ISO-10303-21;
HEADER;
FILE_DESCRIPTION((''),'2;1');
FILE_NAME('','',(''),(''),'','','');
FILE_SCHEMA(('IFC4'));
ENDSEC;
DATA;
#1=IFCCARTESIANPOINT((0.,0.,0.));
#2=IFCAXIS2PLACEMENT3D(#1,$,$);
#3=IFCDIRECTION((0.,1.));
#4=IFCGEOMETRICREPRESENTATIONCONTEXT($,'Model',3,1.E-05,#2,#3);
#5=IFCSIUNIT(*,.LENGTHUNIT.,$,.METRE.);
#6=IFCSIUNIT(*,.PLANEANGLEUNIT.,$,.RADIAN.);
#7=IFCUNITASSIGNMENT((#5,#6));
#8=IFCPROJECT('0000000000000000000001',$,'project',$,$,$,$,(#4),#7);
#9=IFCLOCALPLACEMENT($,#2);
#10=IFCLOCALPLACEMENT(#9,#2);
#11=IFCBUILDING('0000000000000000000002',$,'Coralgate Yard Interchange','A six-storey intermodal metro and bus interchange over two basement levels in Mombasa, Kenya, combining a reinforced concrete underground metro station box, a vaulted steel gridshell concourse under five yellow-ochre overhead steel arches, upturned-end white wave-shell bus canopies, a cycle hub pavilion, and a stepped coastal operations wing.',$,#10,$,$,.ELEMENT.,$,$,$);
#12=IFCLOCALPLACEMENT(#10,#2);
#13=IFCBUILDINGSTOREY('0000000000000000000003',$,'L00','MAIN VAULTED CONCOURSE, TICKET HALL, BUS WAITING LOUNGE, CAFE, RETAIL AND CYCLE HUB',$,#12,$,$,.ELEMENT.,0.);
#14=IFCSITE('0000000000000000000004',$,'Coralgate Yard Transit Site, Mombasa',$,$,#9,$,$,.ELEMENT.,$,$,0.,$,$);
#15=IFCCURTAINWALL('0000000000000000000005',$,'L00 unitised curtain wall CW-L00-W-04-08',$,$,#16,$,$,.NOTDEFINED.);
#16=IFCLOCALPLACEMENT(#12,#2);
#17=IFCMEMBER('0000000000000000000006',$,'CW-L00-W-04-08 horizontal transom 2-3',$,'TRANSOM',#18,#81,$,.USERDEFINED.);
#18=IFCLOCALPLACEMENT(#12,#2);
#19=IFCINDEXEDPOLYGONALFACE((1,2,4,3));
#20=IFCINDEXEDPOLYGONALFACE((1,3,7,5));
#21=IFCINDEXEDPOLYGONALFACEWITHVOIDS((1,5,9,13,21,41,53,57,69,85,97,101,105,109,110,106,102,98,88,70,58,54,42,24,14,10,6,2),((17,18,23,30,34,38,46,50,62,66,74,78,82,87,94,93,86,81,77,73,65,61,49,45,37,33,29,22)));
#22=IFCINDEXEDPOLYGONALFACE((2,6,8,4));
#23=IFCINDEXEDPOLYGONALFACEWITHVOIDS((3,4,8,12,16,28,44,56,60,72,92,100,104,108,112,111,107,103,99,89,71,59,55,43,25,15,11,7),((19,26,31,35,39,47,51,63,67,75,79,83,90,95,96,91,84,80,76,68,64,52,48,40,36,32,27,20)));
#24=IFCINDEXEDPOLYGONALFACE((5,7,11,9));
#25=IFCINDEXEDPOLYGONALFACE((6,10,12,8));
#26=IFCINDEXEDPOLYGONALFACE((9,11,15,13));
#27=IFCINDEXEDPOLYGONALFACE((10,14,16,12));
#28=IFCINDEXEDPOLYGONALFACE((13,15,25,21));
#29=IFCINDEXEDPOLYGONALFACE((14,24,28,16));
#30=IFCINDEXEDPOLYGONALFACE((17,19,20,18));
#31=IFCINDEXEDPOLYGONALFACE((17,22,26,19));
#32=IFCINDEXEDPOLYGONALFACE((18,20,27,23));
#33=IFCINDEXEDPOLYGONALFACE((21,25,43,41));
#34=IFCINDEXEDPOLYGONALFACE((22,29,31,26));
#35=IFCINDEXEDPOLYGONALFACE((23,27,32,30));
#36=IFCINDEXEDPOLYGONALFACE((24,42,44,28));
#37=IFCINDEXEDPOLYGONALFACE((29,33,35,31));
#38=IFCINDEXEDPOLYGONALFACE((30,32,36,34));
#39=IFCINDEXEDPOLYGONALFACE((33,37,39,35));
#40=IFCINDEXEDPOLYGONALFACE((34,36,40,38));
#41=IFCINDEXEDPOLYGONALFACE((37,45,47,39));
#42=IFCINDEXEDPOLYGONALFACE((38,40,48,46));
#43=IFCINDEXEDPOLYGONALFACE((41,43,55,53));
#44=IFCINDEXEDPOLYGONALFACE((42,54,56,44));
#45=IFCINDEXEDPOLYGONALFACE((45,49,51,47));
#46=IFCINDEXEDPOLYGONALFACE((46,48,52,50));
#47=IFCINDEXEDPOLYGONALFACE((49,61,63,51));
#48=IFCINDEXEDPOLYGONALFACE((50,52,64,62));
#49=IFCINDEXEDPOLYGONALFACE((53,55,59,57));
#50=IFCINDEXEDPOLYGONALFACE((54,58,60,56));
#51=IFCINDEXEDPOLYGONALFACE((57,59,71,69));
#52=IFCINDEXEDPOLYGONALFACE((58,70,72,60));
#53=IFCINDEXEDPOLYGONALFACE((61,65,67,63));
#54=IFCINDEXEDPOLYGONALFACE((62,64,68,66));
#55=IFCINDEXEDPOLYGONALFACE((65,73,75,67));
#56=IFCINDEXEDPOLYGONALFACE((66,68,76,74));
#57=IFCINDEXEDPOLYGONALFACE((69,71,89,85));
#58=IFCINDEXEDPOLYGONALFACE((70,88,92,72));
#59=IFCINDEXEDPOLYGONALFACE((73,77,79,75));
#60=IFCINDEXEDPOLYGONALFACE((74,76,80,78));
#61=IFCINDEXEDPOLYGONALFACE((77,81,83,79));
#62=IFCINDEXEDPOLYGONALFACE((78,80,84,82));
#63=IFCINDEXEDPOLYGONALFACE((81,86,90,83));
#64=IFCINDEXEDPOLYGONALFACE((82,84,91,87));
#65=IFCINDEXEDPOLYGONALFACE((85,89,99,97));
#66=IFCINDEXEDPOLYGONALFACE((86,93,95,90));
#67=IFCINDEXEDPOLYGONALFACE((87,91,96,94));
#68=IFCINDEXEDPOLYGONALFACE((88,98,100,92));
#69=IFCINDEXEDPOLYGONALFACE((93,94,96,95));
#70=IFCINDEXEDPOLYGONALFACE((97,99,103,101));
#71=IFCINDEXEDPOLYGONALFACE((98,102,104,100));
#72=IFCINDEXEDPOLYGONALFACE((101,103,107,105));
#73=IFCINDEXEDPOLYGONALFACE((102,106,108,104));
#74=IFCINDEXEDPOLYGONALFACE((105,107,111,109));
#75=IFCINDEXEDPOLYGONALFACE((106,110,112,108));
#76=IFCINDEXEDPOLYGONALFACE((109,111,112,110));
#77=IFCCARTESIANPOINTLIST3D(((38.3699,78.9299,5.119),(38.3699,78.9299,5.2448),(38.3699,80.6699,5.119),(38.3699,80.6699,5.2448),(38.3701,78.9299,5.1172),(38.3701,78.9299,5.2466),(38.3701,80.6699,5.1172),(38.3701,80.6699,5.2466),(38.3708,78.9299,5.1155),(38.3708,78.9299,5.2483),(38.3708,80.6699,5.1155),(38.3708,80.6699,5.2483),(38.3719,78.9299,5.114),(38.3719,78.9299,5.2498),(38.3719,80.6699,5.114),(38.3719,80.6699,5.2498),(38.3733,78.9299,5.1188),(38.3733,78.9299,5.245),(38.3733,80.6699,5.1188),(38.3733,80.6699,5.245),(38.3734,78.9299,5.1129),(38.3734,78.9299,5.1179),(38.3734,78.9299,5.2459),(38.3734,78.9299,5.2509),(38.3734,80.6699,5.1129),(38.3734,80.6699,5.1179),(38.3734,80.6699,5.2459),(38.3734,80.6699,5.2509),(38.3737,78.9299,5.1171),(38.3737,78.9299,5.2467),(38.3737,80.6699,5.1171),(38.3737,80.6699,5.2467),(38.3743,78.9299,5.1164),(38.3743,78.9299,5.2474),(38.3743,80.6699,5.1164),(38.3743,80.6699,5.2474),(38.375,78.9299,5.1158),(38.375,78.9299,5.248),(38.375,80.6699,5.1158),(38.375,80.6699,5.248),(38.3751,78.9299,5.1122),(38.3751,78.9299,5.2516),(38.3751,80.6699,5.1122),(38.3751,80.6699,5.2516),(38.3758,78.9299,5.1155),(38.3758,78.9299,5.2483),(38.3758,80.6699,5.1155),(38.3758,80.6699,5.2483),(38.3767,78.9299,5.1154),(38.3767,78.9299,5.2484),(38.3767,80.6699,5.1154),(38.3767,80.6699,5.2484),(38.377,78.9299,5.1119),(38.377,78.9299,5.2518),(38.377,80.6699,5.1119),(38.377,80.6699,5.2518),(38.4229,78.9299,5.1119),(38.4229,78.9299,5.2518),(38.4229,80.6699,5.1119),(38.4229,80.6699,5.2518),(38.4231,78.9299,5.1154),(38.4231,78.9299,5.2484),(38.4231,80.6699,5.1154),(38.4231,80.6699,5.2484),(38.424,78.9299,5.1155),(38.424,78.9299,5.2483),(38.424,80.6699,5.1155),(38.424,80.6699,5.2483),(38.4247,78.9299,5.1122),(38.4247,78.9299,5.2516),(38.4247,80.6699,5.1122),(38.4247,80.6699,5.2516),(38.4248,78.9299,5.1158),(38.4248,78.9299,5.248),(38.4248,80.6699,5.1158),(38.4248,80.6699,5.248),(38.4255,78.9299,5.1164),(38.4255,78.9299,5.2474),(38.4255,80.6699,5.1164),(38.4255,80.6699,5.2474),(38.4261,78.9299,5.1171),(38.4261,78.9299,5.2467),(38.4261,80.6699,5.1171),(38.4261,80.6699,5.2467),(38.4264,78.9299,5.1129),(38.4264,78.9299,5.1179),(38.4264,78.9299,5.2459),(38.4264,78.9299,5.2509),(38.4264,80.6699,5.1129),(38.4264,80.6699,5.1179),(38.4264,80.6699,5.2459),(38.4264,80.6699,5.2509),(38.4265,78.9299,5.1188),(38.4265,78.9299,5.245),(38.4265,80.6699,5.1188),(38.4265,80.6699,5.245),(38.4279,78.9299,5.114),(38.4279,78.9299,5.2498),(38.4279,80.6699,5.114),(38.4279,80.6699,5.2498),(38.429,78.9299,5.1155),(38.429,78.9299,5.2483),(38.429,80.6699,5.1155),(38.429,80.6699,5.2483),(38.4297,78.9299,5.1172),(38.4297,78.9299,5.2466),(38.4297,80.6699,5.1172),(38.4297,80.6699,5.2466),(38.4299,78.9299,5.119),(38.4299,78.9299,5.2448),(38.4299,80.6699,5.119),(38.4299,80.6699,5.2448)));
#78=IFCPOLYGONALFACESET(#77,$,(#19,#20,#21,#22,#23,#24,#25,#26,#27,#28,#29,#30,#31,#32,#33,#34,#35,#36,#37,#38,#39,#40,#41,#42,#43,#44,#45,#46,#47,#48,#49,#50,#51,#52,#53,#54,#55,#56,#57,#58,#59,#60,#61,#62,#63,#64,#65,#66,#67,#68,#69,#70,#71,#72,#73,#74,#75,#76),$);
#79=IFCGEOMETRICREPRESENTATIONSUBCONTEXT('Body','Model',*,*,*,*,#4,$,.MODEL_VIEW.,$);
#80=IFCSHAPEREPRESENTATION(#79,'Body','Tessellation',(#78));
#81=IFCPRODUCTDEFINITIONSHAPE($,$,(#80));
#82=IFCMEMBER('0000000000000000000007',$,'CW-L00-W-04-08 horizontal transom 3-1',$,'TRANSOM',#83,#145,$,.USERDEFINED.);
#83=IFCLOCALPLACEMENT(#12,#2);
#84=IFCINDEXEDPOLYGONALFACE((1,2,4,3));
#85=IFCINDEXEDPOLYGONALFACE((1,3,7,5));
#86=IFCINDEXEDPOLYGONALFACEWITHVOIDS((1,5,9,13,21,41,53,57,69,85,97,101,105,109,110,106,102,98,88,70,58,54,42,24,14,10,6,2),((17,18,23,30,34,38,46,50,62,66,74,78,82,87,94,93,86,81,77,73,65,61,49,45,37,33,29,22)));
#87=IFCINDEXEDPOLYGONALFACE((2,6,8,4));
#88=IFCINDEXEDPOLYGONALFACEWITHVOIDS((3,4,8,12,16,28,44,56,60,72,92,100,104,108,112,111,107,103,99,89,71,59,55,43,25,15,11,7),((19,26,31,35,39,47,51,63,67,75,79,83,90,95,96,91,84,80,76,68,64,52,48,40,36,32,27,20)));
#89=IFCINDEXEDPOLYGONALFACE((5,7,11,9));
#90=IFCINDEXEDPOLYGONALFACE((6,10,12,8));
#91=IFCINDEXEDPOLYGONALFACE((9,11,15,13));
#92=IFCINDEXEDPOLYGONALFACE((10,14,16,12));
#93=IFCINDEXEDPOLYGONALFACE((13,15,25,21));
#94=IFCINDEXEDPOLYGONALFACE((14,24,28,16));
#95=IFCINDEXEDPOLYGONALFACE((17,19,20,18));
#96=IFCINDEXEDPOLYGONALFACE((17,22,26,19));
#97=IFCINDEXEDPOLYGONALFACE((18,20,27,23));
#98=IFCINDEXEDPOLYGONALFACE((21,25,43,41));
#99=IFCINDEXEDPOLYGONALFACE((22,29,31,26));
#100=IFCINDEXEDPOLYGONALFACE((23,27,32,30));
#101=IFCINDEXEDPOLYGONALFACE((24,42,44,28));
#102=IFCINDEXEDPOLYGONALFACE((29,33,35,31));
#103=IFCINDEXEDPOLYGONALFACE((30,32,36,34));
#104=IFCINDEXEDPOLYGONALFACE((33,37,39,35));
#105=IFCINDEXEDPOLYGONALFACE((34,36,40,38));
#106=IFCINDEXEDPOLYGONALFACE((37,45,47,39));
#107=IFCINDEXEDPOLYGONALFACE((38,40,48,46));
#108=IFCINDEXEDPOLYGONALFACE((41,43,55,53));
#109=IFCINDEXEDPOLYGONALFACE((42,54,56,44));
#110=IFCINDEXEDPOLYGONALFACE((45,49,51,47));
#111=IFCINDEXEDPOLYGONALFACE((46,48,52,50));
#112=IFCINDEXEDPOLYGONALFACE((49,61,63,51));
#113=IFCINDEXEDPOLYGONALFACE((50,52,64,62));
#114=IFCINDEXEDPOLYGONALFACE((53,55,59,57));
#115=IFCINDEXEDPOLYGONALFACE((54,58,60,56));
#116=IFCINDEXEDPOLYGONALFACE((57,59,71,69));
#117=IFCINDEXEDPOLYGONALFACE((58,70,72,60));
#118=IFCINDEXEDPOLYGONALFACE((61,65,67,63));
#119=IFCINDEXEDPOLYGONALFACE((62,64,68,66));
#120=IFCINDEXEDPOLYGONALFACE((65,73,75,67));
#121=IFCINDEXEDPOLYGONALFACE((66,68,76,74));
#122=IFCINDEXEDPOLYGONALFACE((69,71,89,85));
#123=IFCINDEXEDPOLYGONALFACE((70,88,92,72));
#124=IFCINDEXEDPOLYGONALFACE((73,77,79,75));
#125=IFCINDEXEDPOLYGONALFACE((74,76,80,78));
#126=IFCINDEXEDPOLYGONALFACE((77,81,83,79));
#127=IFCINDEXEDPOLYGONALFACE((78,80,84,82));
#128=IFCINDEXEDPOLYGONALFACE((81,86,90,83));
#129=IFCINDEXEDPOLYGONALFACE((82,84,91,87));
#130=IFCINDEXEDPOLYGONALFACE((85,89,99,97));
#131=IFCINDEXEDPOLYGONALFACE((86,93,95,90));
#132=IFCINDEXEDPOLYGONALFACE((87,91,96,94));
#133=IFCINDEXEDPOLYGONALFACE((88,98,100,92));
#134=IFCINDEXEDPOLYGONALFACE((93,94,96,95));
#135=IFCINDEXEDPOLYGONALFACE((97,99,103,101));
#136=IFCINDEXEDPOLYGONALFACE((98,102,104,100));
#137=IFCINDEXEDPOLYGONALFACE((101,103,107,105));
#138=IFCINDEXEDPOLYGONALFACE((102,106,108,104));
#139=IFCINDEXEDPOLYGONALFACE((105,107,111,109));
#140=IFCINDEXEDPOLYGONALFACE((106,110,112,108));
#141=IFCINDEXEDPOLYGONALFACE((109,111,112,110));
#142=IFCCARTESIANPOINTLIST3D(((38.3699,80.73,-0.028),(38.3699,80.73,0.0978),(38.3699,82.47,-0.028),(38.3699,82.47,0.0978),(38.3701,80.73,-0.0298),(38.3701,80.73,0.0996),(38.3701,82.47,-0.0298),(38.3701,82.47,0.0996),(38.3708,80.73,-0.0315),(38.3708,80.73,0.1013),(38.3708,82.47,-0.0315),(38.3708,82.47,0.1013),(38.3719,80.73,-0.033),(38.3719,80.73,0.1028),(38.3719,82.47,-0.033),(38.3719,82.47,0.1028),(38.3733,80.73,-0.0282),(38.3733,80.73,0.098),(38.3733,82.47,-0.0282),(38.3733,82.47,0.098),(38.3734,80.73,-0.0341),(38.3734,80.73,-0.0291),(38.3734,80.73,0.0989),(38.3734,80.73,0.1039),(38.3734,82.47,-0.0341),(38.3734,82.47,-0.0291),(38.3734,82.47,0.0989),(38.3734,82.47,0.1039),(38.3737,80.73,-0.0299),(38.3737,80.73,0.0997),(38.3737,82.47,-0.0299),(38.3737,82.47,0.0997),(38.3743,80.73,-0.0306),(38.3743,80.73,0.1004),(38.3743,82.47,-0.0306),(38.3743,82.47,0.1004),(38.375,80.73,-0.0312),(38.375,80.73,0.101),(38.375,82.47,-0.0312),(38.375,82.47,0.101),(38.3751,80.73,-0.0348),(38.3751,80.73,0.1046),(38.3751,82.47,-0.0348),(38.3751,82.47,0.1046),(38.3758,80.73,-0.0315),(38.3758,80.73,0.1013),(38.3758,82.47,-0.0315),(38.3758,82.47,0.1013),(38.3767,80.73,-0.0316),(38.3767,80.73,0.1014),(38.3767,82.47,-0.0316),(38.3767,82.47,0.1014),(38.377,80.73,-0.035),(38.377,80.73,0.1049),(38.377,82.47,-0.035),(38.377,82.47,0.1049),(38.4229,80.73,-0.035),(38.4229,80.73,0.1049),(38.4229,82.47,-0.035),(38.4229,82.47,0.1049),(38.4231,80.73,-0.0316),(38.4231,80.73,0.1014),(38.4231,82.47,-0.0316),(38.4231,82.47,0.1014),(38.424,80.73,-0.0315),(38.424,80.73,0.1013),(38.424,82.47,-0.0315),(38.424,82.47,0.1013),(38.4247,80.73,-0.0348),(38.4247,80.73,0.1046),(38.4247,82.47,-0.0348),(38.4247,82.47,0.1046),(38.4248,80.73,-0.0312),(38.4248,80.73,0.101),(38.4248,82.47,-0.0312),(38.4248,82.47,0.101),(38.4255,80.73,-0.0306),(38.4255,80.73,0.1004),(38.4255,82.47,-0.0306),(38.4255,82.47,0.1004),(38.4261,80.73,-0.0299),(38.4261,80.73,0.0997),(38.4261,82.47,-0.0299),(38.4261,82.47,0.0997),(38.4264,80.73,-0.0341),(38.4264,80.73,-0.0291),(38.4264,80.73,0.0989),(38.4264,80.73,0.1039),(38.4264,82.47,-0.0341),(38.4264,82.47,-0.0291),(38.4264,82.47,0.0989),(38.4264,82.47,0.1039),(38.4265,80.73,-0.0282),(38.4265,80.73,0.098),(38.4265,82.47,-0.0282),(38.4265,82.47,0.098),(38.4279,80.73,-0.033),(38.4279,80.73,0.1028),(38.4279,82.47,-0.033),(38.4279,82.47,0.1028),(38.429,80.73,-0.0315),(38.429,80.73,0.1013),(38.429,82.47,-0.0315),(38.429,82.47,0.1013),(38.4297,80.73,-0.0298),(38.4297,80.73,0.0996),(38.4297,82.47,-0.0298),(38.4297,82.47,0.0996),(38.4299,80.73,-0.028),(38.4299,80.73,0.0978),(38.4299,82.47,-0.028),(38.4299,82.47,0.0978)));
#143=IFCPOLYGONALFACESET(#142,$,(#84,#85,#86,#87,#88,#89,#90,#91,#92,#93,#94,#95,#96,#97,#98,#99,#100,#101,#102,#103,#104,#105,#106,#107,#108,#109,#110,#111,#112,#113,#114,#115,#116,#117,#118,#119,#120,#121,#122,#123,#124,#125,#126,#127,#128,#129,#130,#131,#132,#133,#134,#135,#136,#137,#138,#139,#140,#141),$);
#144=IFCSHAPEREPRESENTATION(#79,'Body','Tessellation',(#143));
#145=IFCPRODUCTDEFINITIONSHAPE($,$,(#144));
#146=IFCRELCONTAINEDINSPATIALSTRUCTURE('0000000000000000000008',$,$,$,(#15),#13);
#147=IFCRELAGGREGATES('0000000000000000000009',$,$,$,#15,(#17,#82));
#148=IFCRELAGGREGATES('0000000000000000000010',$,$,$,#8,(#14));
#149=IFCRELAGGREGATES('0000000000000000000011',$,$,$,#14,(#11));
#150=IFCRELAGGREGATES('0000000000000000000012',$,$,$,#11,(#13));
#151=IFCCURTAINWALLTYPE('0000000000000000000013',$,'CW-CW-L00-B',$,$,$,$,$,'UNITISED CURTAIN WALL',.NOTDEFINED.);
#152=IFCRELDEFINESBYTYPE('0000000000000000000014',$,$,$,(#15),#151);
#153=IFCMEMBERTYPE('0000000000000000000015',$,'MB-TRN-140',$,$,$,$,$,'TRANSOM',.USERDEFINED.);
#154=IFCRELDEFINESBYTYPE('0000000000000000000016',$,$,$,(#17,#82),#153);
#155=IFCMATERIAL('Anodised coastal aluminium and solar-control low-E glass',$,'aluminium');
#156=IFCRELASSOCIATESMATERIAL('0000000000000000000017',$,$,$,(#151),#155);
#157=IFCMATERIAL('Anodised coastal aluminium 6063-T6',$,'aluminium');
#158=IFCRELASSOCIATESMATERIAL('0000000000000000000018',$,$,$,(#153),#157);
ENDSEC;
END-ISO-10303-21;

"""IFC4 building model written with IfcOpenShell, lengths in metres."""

from ifc_helpers import new_model, si_unit, direction, frame, origin, origin_2d, place, context, subcontext, project, spatial, hollow_rectangle, extrude, material, material_profile, profile_set, type_object, element, aggregate, save


model = new_model("IFC4")

# Units and contexts
model_context = context("Model", 3, precision=1e-05, world=origin(), true_north=direction((0.0, 1.0)))
body_context = subcontext(model_context, "Body", "Model", "MODEL_VIEW")
ifc_project = project(units=[si_unit("LENGTHUNIT", "METRE"), si_unit("PLANEANGLEUNIT", "RADIAN")], contexts=[model_context])

# Site, building, storey
site_placement = place(None, origin())
site = spatial("IfcSite", under=ifc_project, at=site_placement, Name="Coralgate Yard Transit Site, Mombasa", CompositionType="ELEMENT", RefElevation=0.0)
building_placement = place(site_placement, origin())
building = spatial("IfcBuilding", under=site, at=building_placement, Name="Coralgate Yard Interchange", Description="A six-storey intermodal metro and bus interchange over two basement levels in Mombasa, Kenya, combining a reinforced concrete underground metro station box, a vaulted steel gridshell concourse under five yellow-ochre overhead steel arches, upturned-end white wave-shell bus canopies, a cycle hub pavilion, and a stepped coastal operations wing.", CompositionType="ELEMENT")
storey_placement = place(building_placement, origin())
storey = spatial("IfcBuildingStorey", under=building, at=storey_placement, Name="L00", Description="MAIN VAULTED CONCOURSE, TICKET HALL, BUS WAITING LOUNGE, CAFE, RETAIL AND CYCLE HUB", CompositionType="ELEMENT", Elevation=0.0)

# Curtain wall, members
ifc_material_1 = material(Name="Anodised coastal aluminium and solar-control low-E glass", Category="aluminium")
curtain_wall_type = type_object("IfcCurtainWallType", Name="CW-CW-L00-B", ElementType="UNITISED CURTAIN WALL", PredefinedType="NOTDEFINED", material=ifc_material_1)
curtain_wall_placement = place(storey_placement, origin())
curtain_wall = element("IfcCurtainWall", 1, at=curtain_wall_placement, inside=storey, type_object=curtain_wall_type, Name="L00 unitised curtain wall CW-L00-W-04-08", PredefinedType="NOTDEFINED")
ifc_material_2 = material(Name="Anodised coastal aluminium 6063-T6", Category="aluminium")
ifc_material_profile_1 = material_profile(ifc_material_2, hollow_rectangle(XDim=0.0601, YDim=0.1399, WallThickness=0.0034, InnerFilletRadius=0.0034, OuterFilletRadius=0.0071, at=origin_2d()), Name="ALU 60x140x3.5")
ifc_profile_set_1 = profile_set([ifc_material_profile_1], Name="Anodised coastal aluminium 6063-T6")
member_type_1 = type_object("IfcMemberType", Name="MB-TRN-140", ElementType="TRANSOM", PredefinedType="USERDEFINED", material=ifc_profile_set_1)
member_1_placement = place(storey_placement, frame((38.3999, 78.9299, 5.1819), z_axis=(0.0, 1.0, 0.0), x_axis=(-1.0, 0.0, 0.0)))
member_1 = element("IfcMember", 2, at=member_1_placement, type_object=member_type_1, Name="CW-L00-W-04-08 horizontal transom 2-3", ObjectType="TRANSOM", PredefinedType="USERDEFINED", context=body_context, shape_type="SweptSolid", body=[
    extrude(hollow_rectangle(XDim=0.0601, YDim=0.1399, WallThickness=0.0034, InnerFilletRadius=0.0034, OuterFilletRadius=0.0071, at=origin_2d()), origin(), (0.0, 0.0, 1.0), 1.74),
])
member_2_placement = place(storey_placement, frame((38.3999, 80.73, 0.0349), z_axis=(0.0, 1.0, 0.0), x_axis=(-1.0, 0.0, 0.0)))
member_2 = element("IfcMember", 3, at=member_2_placement, type_object=member_type_1, Name="CW-L00-W-04-08 horizontal transom 3-1", ObjectType="TRANSOM", PredefinedType="USERDEFINED", context=body_context, shape_type="SweptSolid", body=[
    extrude(hollow_rectangle(XDim=0.0601, YDim=0.1399, WallThickness=0.0034, InnerFilletRadius=0.0034, OuterFilletRadius=0.0071, at=origin_2d()), origin(), (0.0, 0.0, 1.0), 1.74),
])
aggregate(curtain_wall, [member_1, member_2])

save(model, "model.ifc")
